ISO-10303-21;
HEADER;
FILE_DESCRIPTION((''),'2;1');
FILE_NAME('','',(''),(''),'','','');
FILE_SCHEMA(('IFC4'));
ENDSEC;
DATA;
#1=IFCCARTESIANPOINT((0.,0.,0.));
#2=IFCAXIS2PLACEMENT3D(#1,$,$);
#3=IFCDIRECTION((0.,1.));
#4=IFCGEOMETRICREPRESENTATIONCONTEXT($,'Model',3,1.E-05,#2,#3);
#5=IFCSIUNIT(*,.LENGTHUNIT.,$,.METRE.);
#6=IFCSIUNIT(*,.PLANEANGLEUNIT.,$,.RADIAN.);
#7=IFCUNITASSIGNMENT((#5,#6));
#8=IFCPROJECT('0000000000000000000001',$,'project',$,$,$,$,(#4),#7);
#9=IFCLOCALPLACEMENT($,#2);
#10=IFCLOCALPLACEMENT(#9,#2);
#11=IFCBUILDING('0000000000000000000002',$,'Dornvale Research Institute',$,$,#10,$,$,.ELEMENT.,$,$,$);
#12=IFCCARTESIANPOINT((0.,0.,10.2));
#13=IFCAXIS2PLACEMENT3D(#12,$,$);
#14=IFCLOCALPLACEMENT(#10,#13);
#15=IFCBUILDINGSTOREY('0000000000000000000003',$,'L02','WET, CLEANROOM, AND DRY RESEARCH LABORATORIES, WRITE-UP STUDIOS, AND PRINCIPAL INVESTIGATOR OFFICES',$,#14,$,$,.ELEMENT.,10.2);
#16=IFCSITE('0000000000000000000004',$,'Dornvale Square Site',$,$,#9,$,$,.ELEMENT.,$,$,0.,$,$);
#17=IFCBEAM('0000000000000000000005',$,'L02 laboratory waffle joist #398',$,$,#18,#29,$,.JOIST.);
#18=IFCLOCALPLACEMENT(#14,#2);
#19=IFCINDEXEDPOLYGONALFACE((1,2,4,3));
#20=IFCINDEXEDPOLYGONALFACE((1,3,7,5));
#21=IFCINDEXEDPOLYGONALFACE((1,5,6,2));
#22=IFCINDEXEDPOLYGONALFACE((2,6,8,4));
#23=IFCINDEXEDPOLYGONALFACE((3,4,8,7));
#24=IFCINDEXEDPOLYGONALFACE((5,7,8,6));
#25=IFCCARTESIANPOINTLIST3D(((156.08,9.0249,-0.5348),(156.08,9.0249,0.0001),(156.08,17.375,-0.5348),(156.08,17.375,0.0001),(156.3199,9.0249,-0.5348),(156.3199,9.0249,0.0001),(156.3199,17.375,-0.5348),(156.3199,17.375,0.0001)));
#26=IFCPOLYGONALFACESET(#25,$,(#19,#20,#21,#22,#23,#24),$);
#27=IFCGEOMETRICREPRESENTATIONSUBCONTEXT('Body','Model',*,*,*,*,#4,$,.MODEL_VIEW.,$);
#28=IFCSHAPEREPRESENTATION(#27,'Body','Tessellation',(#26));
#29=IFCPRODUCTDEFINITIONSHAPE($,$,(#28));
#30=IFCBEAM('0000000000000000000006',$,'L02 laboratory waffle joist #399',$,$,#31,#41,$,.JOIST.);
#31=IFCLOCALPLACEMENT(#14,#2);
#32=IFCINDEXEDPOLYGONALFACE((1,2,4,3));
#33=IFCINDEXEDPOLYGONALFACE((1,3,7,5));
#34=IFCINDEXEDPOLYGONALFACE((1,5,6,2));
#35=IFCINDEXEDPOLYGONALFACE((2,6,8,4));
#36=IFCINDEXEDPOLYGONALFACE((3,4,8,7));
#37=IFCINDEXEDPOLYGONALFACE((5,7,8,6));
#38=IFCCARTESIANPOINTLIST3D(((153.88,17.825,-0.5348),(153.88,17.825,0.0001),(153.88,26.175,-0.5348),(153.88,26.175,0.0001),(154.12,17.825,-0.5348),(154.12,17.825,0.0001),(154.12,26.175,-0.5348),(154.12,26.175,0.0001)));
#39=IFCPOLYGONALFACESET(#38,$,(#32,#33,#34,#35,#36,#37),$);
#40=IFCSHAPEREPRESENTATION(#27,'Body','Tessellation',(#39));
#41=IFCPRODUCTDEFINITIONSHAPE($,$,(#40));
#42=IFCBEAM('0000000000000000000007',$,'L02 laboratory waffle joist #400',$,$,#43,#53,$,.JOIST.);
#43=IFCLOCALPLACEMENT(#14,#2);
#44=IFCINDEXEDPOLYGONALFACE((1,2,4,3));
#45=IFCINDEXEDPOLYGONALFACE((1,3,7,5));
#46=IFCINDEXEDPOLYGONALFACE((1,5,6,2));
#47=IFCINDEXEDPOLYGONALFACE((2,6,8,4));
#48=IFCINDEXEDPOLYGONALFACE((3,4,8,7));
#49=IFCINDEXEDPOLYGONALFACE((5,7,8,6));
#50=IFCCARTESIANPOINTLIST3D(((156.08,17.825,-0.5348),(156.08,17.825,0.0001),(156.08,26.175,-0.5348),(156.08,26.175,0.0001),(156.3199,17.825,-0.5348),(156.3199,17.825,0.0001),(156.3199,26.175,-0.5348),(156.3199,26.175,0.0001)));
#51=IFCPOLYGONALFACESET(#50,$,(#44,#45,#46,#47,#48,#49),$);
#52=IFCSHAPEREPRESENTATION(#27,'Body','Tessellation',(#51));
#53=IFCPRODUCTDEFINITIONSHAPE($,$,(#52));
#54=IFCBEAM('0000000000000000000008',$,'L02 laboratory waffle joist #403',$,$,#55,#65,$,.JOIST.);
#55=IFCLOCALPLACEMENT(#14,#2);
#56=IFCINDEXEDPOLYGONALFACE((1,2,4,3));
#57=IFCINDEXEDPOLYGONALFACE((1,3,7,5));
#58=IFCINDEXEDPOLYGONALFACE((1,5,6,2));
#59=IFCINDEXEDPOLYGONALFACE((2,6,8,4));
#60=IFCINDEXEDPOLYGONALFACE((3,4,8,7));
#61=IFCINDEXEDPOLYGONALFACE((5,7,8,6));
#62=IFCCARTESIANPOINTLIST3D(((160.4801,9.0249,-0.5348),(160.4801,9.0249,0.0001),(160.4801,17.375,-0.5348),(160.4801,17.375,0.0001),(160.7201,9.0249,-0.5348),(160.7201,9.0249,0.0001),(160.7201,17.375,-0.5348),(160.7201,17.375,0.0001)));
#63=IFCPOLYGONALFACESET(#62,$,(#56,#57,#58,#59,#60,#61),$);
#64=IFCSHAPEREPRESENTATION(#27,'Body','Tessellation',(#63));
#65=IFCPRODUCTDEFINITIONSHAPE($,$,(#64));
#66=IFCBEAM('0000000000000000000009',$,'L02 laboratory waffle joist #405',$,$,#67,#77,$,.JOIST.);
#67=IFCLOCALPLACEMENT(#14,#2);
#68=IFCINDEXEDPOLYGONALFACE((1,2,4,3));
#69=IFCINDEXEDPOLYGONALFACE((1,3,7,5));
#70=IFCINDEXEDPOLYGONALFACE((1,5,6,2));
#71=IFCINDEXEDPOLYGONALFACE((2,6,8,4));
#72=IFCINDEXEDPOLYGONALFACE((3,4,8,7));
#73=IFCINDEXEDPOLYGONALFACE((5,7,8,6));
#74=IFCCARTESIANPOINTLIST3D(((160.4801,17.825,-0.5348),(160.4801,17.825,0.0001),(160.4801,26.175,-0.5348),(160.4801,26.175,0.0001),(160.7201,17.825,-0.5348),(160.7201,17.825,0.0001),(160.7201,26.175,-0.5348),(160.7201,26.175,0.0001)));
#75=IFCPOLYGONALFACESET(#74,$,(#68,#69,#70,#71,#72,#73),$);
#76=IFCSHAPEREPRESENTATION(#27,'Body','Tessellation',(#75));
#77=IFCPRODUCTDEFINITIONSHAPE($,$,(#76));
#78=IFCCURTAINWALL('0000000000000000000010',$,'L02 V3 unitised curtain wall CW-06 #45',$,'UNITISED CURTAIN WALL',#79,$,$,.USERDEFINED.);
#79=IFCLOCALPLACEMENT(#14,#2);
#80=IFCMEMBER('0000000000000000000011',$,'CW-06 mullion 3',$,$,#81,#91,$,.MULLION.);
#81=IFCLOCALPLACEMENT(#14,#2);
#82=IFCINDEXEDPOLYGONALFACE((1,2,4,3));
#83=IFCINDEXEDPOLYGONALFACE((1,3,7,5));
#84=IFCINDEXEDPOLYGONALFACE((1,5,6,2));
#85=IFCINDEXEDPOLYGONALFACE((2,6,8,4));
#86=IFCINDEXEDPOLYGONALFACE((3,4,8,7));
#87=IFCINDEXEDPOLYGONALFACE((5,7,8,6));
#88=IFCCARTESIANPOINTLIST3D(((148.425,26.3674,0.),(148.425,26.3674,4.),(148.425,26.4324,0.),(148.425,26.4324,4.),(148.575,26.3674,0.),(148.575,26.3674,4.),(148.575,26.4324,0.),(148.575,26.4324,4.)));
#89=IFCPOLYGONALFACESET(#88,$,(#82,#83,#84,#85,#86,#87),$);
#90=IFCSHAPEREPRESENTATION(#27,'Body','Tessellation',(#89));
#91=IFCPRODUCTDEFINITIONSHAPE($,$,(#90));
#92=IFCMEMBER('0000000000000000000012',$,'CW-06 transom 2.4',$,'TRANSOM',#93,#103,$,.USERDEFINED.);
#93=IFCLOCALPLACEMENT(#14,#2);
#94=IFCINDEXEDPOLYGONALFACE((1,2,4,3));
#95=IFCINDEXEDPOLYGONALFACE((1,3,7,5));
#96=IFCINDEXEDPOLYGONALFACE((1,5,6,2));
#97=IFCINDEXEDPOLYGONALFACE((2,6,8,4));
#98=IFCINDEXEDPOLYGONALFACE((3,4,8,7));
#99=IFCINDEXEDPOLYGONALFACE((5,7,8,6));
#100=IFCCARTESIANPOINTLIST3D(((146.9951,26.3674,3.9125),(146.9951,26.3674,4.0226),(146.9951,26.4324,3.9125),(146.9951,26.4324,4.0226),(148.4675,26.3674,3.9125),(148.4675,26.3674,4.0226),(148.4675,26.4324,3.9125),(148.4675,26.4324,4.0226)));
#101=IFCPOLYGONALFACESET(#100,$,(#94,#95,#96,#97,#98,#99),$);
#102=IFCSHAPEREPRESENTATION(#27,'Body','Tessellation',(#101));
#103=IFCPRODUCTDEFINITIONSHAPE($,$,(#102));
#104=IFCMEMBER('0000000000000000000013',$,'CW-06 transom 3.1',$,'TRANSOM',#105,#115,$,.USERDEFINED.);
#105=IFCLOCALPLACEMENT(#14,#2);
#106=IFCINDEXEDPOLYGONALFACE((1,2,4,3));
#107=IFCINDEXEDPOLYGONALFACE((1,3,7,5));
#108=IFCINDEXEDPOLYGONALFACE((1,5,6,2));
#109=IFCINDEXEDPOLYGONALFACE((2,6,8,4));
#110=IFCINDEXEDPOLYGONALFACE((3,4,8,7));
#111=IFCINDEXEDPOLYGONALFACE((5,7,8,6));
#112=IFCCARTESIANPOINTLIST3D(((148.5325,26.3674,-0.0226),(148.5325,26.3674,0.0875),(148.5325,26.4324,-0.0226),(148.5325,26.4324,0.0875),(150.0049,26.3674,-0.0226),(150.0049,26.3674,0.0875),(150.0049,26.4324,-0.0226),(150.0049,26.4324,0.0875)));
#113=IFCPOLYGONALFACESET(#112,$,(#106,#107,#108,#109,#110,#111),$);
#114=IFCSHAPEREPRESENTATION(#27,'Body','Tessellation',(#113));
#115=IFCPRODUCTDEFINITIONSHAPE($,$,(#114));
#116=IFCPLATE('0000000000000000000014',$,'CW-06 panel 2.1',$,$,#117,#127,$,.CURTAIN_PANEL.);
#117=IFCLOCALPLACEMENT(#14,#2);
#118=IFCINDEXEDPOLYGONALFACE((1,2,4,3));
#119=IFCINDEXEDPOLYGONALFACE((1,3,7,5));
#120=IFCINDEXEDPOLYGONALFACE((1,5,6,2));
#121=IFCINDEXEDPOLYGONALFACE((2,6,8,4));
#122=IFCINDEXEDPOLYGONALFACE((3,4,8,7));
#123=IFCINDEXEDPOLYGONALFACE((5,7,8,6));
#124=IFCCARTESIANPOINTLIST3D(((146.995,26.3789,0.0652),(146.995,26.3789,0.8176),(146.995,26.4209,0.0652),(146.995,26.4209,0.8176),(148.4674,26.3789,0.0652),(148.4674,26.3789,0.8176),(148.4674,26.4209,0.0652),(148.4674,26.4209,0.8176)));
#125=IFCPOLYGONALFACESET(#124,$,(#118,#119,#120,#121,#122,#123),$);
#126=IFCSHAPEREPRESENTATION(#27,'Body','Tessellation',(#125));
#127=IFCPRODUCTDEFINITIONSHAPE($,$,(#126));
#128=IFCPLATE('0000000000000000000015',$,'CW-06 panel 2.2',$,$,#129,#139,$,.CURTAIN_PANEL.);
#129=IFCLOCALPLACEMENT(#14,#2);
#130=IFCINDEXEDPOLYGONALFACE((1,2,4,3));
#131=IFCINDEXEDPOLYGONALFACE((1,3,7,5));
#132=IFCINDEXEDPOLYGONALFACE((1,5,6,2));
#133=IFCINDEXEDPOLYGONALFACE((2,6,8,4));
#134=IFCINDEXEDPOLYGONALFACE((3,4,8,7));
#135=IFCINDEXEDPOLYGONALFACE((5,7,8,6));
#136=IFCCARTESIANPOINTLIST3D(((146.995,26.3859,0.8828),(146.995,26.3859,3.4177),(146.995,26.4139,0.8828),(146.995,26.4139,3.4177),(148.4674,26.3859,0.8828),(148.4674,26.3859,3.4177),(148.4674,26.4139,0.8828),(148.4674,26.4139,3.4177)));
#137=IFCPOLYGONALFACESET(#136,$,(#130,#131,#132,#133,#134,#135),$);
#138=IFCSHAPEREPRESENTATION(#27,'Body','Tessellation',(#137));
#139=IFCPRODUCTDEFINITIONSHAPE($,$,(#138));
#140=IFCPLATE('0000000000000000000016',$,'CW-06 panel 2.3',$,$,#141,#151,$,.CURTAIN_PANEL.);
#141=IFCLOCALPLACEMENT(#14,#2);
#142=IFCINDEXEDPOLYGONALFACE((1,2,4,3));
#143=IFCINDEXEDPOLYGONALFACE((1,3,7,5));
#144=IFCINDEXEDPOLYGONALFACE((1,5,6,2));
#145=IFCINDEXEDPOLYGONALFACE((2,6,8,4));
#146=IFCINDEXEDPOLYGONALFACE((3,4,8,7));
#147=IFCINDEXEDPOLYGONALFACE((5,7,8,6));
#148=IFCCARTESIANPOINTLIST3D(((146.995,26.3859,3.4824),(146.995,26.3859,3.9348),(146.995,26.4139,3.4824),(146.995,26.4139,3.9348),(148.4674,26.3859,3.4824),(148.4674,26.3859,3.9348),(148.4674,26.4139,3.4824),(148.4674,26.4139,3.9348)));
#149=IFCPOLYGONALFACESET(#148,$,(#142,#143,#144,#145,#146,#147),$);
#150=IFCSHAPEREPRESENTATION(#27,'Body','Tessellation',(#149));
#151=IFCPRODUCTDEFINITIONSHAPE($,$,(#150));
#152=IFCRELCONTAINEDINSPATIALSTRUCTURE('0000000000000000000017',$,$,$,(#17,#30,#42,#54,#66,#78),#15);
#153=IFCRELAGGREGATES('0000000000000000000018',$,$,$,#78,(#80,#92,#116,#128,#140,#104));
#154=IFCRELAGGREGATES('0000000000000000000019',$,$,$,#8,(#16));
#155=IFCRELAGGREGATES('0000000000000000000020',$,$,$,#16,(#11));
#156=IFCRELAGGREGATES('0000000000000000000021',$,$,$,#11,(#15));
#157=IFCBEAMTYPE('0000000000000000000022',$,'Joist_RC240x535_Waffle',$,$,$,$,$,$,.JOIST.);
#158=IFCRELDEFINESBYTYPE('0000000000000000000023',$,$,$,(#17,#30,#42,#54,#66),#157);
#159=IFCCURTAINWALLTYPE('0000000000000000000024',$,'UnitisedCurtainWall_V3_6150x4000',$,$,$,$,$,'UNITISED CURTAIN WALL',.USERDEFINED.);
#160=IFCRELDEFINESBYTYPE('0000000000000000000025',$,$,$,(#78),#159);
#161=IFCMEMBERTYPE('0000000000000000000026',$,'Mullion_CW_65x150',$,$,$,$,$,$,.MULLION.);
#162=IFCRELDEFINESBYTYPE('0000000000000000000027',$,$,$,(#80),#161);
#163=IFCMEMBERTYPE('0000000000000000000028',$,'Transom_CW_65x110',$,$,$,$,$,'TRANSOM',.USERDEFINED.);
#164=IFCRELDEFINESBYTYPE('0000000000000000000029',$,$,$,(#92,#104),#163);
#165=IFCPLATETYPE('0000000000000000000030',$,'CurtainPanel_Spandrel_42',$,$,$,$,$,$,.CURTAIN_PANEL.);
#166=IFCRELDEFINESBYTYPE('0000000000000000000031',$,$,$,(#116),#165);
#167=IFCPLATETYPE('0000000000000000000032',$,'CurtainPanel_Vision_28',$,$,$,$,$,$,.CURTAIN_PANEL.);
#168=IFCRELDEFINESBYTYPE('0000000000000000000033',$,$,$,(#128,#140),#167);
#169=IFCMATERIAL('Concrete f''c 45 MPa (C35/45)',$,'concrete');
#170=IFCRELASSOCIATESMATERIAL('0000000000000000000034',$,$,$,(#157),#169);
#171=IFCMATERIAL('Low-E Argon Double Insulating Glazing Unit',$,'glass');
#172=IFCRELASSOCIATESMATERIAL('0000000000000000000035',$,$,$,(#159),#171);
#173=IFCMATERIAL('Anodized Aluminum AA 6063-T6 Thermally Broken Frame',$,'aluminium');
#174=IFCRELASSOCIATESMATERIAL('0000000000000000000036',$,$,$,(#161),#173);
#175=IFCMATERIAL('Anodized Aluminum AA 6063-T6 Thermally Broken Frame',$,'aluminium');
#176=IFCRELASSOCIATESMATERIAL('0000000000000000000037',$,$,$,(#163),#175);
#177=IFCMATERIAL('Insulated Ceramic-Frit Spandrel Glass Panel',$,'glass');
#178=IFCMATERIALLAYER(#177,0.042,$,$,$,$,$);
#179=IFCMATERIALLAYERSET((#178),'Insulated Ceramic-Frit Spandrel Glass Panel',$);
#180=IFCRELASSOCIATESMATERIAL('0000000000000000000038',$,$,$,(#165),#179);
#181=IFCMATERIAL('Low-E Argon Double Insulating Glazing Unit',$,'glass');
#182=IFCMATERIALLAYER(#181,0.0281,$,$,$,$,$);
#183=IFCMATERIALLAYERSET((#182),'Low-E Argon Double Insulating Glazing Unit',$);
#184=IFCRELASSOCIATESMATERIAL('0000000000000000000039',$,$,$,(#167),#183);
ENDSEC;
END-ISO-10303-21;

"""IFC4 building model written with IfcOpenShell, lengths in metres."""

from ifc_helpers import new_model, si_unit, direction, frame, origin, origin_2d, place, context, subcontext, project, spatial, rectangle, extrude, material, layer, layer_set, material_profile, profile_set, type_object, element, aggregate, save


model = new_model("IFC4")

# Units and contexts
model_context = context("Model", 3, precision=1e-05, world=origin(), true_north=direction((0.0, 1.0)))
body_context = subcontext(model_context, "Body", "Model", "MODEL_VIEW")
ifc_project = project(units=[si_unit("LENGTHUNIT", "METRE"), si_unit("PLANEANGLEUNIT", "RADIAN")], contexts=[model_context])

# Site, building, storey
site_placement = place(None, origin())
site = spatial("IfcSite", under=ifc_project, at=site_placement, Name="Dornvale Square Site", CompositionType="ELEMENT", RefElevation=0.0)
building_placement = place(site_placement, origin())
building = spatial("IfcBuilding", under=site, at=building_placement, Name="Dornvale Research Institute", CompositionType="ELEMENT")
storey_placement = place(building_placement, frame((0.0, 0.0, 10.2)))
storey = spatial("IfcBuildingStorey", under=building, at=storey_placement, Name="L02", Description="WET, CLEANROOM, AND DRY RESEARCH LABORATORIES, WRITE-UP STUDIOS, AND PRINCIPAL INVESTIGATOR OFFICES", CompositionType="ELEMENT", Elevation=10.2)

# Beams
ifc_material_1 = material(Name="Concrete f'c 45 MPa (C35/45)", Category="concrete")
ifc_material_profile_1 = material_profile(ifc_material_1, rectangle(XDim=0.24, YDim=0.5349, at=origin_2d()), Name="RC 240x535")
ifc_profile_set_1 = profile_set([ifc_material_profile_1], Name="Concrete f'c 45 MPa (C35/45)")
beam_type_1 = type_object("IfcBeamType", Name="Joist_RC240x535_Waffle", PredefinedType="JOIST", material=ifc_profile_set_1)
for number, where, z_axis, x_axis, name in (
    (1, (156.2, 9.0249, -0.2673), (0.0, 1.0, 0.0), (-1.0, 0.0, 0.0), "L02 laboratory waffle joist #398"),
    (2, (154.0, 17.825, -0.2673), (0.0, 1.0, 0.0), (-1.0, 0.0, 0.0), "L02 laboratory waffle joist #399"),
    (3, (156.2, 17.825, -0.2673), (0.0, 1.0, 0.0), (-1.0, 0.0, 0.0), "L02 laboratory waffle joist #400"),
    (4, (160.6001, 9.0249, -0.2673), (0.0, 1.0, 0.0), (-1.0, 0.0, 0.0), "L02 laboratory waffle joist #403"),
    (5, (160.6001, 17.825, -0.2673), (0.0, 1.0, 0.0), (-1.0, 0.0, 0.0), "L02 laboratory waffle joist #405"),
):
    element("IfcBeam", number, at=place(storey_placement, frame(where, z_axis=z_axis, x_axis=x_axis)), inside=storey, type_object=beam_type_1, Name=name, PredefinedType="JOIST", context=body_context, shape_type="SweptSolid", body=[
        extrude(rectangle(XDim=0.24, YDim=0.5349, at=origin_2d()), origin(), (0.0, 0.0, 1.0), 8.3501),
    ])

# Curtain wall, members, plates
ifc_material_2 = material(Name="Low-E Argon Double Insulating Glazing Unit", Category="glass")
curtain_wall_type = type_object("IfcCurtainWallType", Name="UnitisedCurtainWall_V3_6150x4000", ElementType="UNITISED CURTAIN WALL", PredefinedType="USERDEFINED", material=ifc_material_2)
curtain_wall_placement = place(storey_placement, origin())
curtain_wall = element("IfcCurtainWall", 6, at=curtain_wall_placement, inside=storey, type_object=curtain_wall_type, Name="L02 V3 unitised curtain wall CW-06 #45", ObjectType="UNITISED CURTAIN WALL", PredefinedType="USERDEFINED")
ifc_material_3 = material(Name="Anodized Aluminum AA 6063-T6 Thermally Broken Frame", Category="aluminium")
ifc_material_profile_2 = material_profile(ifc_material_3, rectangle(XDim=0.0649, YDim=0.1499, at=origin_2d()), Name="ALU MULLION 65x150")
ifc_profile_set_2 = profile_set([ifc_material_profile_2], Name="Anodized Aluminum AA 6063-T6 Thermally Broken Frame")
member_type_1 = type_object("IfcMemberType", Name="Mullion_CW_65x150", PredefinedType="MULLION", material=ifc_profile_set_2)
member_1_placement = place(storey_placement, frame((148.5, 26.3999, 0.0), z_axis=(0.0, 0.0, 1.0), x_axis=(0.0, 1.0, 0.0)))
member_1 = element("IfcMember", 7, at=member_1_placement, type_object=member_type_1, Name="CW-06 mullion 3", PredefinedType="MULLION", context=body_context, shape_type="SweptSolid", body=[
    extrude(rectangle(XDim=0.0649, YDim=0.1499, at=origin_2d()), origin(), (0.0, 0.0, 1.0), 4.0),
])
ifc_material_4 = material(Name="Anodized Aluminum AA 6063-T6 Thermally Broken Frame", Category="aluminium")
ifc_material_profile_3 = material_profile(ifc_material_4, rectangle(XDim=0.0649, YDim=0.1101, at=origin_2d()), Name="ALU TRANSOM 65x110")
ifc_profile_set_3 = profile_set([ifc_material_profile_3], Name="Anodized Aluminum AA 6063-T6 Thermally Broken Frame")
member_type_2 = type_object("IfcMemberType", Name="Transom_CW_65x110", ElementType="TRANSOM", PredefinedType="USERDEFINED", material=ifc_profile_set_3)
member_2_placement = place(storey_placement, frame((146.9951, 26.3999, 3.9675), z_axis=(1.0, 0.0, 0.0), x_axis=(0.0, 1.0, 0.0)))
member_2 = element("IfcMember", 8, at=member_2_placement, type_object=member_type_2, Name="CW-06 transom 2.4", ObjectType="TRANSOM", PredefinedType="USERDEFINED", context=body_context, shape_type="SweptSolid", body=[
    extrude(rectangle(XDim=0.0649, YDim=0.1101, at=origin_2d()), origin(), (0.0, 0.0, 1.0), 1.4724),
])
member_3_placement = place(storey_placement, frame((148.5325, 26.3999, 0.0325), z_axis=(1.0, 0.0, 0.0), x_axis=(0.0, 1.0, 0.0)))
member_3 = element("IfcMember", 9, at=member_3_placement, type_object=member_type_2, Name="CW-06 transom 3.1", ObjectType="TRANSOM", PredefinedType="USERDEFINED", context=body_context, shape_type="SweptSolid", body=[
    extrude(rectangle(XDim=0.0649, YDim=0.1101, at=origin_2d()), origin(), (0.0, 0.0, 1.0), 1.4724),
])
ifc_material_5 = material(Name="Insulated Ceramic-Frit Spandrel Glass Panel", Category="glass")
ifc_layer_1 = layer(ifc_material_5, 0.042)
ifc_layer_set_1 = layer_set([ifc_layer_1], Name="Insulated Ceramic-Frit Spandrel Glass Panel")
plate_type_1 = type_object("IfcPlateType", Name="CurtainPanel_Spandrel_42", PredefinedType="CURTAIN_PANEL", material=ifc_layer_set_1)
plate_1_placement = place(storey_placement, frame((147.7312, 26.3999, 0.0652), z_axis=(0.0, 0.0, 1.0), x_axis=(1.0, 0.0, 0.0)))
plate_1 = element("IfcPlate", 10, at=plate_1_placement, type_object=plate_type_1, Name="CW-06 panel 2.1", PredefinedType="CURTAIN_PANEL", context=body_context, shape_type="SweptSolid", body=[
    extrude(rectangle(XDim=1.4724, YDim=0.042, at=origin_2d()), origin(), (0.0, 0.0, 1.0), 0.7524),
])
ifc_material_6 = material(Name="Low-E Argon Double Insulating Glazing Unit", Category="glass")
ifc_layer_2 = layer(ifc_material_6, 0.0281)
ifc_layer_set_2 = layer_set([ifc_layer_2], Name="Low-E Argon Double Insulating Glazing Unit")
plate_type_2 = type_object("IfcPlateType", Name="CurtainPanel_Vision_28", PredefinedType="CURTAIN_PANEL", material=ifc_layer_set_2)
plate_2_placement = place(storey_placement, frame((147.7312, 26.3999, 0.8828), z_axis=(0.0, 0.0, 1.0), x_axis=(1.0, 0.0, 0.0)))
plate_2 = element("IfcPlate", 11, at=plate_2_placement, type_object=plate_type_2, Name="CW-06 panel 2.2", PredefinedType="CURTAIN_PANEL", context=body_context, shape_type="SweptSolid", body=[
    extrude(rectangle(XDim=1.4724, YDim=0.0281, at=origin_2d()), origin(), (0.0, 0.0, 1.0), 2.5349),
])
plate_3_placement = place(storey_placement, frame((147.7312, 26.3999, 3.4824), z_axis=(0.0, 0.0, 1.0), x_axis=(1.0, 0.0, 0.0)))
plate_3 = element("IfcPlate", 12, at=plate_3_placement, type_object=plate_type_2, Name="CW-06 panel 2.3", PredefinedType="CURTAIN_PANEL", context=body_context, shape_type="SweptSolid", body=[
    extrude(rectangle(XDim=1.4724, YDim=0.0281, at=origin_2d()), origin(), (0.0, 0.0, 1.0), 0.4524),
])
aggregate(curtain_wall, [member_1, member_2, plate_1, plate_2, plate_3, member_3])

save(model, "model.ifc")
